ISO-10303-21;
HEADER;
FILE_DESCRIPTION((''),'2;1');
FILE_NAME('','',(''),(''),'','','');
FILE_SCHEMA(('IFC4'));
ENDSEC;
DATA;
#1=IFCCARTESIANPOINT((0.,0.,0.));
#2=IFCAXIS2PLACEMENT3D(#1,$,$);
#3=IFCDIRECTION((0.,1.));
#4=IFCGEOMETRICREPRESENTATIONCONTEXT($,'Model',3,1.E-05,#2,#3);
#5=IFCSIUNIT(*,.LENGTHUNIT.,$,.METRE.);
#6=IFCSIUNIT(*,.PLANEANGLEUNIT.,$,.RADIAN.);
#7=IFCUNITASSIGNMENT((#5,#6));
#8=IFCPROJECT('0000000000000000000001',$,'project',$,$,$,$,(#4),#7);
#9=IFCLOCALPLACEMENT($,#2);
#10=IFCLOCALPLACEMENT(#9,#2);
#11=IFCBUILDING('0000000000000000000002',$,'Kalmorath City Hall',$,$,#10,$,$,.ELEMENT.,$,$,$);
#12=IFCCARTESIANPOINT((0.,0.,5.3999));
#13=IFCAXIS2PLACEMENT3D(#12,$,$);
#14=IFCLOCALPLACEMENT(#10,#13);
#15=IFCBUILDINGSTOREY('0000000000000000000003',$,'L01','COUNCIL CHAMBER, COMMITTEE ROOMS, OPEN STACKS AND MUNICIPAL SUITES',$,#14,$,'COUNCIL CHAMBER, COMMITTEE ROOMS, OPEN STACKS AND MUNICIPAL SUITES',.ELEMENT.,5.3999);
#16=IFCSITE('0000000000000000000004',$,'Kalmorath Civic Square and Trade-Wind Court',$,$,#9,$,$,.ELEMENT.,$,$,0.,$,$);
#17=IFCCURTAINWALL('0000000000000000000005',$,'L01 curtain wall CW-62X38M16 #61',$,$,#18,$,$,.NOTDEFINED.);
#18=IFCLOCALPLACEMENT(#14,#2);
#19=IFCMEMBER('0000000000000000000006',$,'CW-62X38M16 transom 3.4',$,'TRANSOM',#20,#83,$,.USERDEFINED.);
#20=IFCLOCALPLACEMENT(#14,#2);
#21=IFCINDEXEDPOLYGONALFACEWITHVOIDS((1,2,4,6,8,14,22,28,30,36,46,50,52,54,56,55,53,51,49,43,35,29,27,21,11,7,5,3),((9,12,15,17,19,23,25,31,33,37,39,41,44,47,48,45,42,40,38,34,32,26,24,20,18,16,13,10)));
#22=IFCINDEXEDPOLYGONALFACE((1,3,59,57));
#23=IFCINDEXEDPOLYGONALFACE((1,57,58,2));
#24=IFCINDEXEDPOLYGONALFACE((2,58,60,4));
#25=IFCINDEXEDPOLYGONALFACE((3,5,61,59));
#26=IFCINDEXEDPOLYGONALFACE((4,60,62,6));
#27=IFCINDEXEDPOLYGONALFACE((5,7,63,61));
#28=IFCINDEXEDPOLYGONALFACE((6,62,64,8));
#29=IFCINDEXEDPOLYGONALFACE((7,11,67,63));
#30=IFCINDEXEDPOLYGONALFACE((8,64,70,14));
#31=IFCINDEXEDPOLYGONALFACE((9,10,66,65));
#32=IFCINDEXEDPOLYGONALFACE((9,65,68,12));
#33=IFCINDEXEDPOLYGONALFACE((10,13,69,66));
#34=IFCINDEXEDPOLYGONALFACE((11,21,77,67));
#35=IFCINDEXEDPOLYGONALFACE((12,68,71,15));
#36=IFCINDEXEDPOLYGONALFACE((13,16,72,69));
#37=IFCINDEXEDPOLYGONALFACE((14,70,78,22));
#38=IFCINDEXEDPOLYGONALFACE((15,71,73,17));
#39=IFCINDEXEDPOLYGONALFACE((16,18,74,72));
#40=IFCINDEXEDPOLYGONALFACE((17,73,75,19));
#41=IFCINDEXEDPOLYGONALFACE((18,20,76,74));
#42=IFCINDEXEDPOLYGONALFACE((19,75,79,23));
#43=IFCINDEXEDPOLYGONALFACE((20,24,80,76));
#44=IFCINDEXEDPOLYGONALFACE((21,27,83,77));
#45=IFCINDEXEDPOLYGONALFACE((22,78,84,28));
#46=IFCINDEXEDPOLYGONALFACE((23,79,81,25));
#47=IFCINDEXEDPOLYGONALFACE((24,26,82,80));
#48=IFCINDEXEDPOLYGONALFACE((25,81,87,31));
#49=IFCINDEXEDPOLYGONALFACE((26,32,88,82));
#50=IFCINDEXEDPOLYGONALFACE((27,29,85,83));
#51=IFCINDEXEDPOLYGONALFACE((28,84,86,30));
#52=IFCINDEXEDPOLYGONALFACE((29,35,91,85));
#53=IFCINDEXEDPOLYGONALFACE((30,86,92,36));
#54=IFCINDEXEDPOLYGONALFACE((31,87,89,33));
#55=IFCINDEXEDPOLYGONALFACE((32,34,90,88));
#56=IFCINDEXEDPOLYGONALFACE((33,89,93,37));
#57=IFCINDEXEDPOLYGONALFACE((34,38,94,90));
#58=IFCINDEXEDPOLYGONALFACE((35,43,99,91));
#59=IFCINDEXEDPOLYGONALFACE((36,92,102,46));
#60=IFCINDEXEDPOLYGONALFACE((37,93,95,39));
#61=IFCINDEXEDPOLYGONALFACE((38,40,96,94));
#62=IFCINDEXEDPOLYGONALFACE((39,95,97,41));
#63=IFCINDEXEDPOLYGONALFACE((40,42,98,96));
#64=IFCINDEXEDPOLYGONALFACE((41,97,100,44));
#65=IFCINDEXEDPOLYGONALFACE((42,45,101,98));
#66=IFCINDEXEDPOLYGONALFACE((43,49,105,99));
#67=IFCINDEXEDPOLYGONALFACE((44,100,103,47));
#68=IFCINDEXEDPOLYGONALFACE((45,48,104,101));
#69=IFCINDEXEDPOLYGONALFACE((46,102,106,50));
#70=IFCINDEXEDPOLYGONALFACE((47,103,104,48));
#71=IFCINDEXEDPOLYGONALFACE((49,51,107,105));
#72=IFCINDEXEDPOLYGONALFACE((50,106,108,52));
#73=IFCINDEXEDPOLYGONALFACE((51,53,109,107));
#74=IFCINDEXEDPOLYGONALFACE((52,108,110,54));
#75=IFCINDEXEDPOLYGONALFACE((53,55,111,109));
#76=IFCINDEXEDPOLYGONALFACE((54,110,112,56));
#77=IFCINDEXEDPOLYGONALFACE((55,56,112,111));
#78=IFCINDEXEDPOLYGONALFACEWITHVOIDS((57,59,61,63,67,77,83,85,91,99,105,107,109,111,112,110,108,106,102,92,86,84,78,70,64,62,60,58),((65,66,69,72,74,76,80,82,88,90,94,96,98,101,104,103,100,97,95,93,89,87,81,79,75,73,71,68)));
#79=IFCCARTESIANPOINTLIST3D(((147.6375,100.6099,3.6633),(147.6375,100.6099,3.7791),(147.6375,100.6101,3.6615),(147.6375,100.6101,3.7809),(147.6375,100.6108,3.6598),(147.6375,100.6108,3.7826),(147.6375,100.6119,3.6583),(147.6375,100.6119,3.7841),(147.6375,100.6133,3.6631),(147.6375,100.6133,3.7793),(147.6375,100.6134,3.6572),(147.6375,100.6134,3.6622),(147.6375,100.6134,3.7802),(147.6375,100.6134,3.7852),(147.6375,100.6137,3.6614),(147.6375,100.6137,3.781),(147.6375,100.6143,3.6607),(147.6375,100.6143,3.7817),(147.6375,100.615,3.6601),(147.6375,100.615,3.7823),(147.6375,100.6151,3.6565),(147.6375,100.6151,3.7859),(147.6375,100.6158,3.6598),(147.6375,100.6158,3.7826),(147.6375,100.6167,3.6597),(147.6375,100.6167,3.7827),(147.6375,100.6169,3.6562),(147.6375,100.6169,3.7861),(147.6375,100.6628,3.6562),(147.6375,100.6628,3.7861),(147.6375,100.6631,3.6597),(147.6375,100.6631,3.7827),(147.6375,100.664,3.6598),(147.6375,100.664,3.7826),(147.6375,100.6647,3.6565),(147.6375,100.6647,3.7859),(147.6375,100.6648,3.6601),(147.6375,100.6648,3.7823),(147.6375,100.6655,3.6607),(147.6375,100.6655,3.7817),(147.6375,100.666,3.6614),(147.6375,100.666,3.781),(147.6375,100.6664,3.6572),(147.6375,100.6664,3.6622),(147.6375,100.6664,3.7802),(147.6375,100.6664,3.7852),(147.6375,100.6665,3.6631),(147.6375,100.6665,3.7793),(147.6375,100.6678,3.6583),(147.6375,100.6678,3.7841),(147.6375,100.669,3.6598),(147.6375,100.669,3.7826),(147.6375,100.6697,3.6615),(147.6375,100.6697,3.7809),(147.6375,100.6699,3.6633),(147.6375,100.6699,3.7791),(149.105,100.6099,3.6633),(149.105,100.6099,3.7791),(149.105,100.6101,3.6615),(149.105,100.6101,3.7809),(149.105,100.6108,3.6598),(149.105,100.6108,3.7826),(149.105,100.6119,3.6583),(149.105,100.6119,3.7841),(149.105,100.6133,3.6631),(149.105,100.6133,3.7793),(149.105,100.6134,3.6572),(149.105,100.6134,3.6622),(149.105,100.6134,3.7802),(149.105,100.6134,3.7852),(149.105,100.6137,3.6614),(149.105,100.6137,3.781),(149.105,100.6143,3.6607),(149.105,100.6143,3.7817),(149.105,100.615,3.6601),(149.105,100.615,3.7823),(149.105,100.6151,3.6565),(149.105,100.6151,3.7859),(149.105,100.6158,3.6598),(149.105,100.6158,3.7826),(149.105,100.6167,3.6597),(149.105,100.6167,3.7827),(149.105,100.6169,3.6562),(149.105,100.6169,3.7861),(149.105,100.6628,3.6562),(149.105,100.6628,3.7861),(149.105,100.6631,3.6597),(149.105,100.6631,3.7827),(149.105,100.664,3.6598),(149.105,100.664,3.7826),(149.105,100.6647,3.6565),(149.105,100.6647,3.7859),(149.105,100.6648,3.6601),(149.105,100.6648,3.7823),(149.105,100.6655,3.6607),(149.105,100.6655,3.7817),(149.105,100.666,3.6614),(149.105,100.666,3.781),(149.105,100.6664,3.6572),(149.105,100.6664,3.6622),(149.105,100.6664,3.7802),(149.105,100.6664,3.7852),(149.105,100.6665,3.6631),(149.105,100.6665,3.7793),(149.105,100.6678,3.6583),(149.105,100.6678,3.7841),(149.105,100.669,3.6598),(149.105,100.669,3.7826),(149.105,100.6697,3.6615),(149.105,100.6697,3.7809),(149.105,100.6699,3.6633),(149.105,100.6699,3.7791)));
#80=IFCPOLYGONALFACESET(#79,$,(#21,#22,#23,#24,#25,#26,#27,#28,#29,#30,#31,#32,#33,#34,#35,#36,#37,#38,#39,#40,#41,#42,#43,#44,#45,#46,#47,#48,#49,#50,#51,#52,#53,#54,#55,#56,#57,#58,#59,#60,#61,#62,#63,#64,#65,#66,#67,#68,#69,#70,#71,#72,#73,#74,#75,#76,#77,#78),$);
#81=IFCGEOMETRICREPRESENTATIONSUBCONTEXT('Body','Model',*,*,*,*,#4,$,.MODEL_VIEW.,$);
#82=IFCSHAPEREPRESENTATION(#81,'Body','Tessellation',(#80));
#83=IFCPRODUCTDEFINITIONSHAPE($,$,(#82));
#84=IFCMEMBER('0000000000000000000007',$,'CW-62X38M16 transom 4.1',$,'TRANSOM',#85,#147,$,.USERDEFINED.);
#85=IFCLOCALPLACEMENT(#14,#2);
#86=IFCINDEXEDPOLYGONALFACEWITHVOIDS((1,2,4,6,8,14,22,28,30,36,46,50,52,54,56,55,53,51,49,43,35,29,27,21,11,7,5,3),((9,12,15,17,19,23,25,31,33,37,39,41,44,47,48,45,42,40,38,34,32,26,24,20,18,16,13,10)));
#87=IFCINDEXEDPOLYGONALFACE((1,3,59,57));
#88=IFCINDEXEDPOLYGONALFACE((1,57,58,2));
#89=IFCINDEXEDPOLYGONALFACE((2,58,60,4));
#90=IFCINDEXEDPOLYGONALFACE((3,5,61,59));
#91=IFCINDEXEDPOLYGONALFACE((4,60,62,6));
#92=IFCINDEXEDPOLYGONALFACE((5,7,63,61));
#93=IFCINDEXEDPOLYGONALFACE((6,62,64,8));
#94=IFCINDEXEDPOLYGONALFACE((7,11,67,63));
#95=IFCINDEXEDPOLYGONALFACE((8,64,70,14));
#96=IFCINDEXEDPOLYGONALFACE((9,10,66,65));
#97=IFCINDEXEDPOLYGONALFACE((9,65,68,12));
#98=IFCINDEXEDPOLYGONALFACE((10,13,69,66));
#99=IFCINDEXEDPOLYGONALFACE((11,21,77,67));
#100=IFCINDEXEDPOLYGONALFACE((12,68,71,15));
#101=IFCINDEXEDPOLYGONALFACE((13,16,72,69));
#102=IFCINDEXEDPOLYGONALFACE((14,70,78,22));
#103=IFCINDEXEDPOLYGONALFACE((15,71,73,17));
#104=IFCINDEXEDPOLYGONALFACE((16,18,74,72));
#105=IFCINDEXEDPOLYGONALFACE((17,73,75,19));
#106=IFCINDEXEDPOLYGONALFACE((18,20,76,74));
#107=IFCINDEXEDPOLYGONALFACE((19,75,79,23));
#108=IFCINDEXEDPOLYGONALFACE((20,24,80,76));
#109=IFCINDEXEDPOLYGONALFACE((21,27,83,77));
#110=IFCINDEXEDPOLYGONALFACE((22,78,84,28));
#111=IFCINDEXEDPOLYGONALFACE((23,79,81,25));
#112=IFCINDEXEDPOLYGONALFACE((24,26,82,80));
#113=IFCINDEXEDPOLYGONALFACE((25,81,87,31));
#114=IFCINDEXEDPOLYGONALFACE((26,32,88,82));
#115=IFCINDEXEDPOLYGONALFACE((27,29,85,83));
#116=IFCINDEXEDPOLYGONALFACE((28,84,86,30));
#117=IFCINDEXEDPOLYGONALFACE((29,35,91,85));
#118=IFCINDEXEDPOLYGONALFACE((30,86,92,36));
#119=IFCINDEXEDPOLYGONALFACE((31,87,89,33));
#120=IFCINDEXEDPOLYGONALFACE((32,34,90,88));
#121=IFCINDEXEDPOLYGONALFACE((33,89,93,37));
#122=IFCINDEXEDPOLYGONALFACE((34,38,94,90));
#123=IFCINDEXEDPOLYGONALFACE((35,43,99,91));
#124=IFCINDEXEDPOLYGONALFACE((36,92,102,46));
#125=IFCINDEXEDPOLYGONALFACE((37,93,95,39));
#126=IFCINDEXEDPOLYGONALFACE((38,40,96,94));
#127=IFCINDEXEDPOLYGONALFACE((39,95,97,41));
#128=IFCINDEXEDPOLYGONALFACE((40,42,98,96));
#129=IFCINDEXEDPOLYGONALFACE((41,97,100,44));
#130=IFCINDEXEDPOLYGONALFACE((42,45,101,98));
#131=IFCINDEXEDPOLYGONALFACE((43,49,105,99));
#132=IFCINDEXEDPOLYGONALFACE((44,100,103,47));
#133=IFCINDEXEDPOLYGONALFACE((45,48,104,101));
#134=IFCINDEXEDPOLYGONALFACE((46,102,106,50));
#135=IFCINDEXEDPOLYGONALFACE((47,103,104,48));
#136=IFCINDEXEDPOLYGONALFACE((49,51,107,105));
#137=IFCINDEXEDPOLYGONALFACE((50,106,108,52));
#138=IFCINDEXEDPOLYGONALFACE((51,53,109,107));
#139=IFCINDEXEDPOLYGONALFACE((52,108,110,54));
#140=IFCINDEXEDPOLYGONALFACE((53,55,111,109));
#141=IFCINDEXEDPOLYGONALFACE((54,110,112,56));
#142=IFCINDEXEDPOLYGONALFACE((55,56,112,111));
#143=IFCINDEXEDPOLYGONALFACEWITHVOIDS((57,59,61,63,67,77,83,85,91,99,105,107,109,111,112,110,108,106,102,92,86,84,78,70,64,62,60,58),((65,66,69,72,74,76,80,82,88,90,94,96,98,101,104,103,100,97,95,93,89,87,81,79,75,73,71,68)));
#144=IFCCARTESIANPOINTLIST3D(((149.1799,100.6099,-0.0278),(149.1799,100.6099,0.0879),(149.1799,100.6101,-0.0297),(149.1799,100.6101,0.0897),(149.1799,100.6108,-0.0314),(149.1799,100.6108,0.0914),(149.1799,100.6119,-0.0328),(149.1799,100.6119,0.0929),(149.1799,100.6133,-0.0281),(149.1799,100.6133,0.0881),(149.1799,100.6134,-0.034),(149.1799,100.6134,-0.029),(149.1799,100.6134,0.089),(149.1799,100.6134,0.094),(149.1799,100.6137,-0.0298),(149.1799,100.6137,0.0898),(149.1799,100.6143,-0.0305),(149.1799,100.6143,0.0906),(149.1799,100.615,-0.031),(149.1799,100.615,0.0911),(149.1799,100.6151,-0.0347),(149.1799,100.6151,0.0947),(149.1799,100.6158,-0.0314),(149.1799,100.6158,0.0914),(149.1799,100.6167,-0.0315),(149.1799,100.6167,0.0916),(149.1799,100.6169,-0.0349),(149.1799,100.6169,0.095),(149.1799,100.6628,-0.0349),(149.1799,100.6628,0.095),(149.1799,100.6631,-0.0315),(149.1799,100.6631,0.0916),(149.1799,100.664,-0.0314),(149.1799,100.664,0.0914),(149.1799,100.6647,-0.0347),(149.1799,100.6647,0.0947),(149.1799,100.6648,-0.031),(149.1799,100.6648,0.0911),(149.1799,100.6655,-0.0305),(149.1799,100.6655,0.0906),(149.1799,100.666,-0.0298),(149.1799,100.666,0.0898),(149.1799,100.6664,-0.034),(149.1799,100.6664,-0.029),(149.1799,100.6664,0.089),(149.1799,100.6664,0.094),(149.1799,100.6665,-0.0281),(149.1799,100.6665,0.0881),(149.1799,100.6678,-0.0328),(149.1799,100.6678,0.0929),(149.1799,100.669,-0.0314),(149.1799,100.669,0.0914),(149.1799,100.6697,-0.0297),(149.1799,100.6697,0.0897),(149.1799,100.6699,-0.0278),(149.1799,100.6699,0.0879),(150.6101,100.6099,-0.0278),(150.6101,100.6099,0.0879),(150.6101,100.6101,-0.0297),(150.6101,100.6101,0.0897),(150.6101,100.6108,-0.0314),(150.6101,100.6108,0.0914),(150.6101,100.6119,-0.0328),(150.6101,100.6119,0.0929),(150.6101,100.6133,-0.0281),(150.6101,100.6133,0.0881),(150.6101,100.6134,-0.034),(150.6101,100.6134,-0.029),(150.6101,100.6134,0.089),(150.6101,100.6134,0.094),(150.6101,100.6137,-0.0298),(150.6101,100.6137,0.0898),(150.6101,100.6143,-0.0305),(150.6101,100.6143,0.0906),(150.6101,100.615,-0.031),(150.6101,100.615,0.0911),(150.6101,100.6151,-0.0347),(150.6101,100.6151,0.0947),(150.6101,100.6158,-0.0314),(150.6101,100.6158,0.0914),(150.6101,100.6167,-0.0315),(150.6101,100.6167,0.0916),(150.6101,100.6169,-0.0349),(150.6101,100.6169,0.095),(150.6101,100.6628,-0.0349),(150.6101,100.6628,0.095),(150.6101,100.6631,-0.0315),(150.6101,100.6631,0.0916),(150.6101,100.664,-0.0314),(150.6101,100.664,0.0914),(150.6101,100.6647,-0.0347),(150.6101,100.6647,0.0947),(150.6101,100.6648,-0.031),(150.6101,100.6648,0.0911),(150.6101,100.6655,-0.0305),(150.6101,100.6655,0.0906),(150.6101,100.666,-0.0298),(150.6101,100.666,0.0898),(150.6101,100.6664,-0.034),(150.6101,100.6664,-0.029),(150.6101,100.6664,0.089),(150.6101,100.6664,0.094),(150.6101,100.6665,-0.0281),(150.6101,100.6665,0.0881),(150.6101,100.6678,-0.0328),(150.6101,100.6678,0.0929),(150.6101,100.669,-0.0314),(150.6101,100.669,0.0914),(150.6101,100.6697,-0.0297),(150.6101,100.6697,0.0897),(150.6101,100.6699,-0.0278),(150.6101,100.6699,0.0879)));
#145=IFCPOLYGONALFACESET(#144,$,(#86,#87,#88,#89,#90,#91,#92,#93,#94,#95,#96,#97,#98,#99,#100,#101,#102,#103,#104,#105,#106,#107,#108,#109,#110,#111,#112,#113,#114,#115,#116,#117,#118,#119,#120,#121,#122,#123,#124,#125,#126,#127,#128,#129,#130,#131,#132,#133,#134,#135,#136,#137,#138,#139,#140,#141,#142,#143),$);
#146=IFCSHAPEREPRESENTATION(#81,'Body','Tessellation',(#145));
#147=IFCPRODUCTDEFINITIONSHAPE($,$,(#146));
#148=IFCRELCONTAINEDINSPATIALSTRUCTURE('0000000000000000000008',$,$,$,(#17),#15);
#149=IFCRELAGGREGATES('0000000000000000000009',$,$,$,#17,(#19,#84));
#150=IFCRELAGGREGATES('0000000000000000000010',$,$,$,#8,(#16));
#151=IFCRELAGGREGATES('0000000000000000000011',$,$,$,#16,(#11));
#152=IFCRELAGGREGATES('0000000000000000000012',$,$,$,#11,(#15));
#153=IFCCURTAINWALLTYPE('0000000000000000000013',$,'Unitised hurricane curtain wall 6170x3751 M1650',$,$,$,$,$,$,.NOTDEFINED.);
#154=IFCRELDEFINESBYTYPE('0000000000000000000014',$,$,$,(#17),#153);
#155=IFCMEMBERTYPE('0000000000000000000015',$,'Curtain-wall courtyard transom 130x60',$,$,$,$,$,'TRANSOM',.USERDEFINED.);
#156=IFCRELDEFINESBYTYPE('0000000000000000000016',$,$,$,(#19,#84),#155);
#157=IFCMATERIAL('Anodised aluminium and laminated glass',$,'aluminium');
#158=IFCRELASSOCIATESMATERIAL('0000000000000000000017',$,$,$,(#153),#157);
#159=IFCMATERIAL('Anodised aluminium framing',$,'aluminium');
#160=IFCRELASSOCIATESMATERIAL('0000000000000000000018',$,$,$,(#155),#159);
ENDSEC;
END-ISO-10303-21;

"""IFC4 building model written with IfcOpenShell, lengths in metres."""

from ifc_helpers import new_model, si_unit, direction, frame, origin, origin_2d, place, context, subcontext, project, spatial, hollow_rectangle, extrude, material, material_profile, profile_set, type_object, element, aggregate, save


model = new_model("IFC4")

# Units and contexts
model_context = context("Model", 3, precision=1e-05, world=origin(), true_north=direction((0.0, 1.0)))
body_context = subcontext(model_context, "Body", "Model", "MODEL_VIEW")
ifc_project = project(units=[si_unit("LENGTHUNIT", "METRE"), si_unit("PLANEANGLEUNIT", "RADIAN")], contexts=[model_context])

# Site, building, storey
site_placement = place(None, origin())
site = spatial("IfcSite", under=ifc_project, at=site_placement, Name="Kalmorath Civic Square and Trade-Wind Court", CompositionType="ELEMENT", RefElevation=0.0)
building_placement = place(site_placement, origin())
building = spatial("IfcBuilding", under=site, at=building_placement, Name="Kalmorath City Hall", CompositionType="ELEMENT")
storey_placement = place(building_placement, frame((0.0, 0.0, 5.3999)))
storey = spatial("IfcBuildingStorey", under=building, at=storey_placement, Name="L01", Description="COUNCIL CHAMBER, COMMITTEE ROOMS, OPEN STACKS AND MUNICIPAL SUITES", LongName="COUNCIL CHAMBER, COMMITTEE ROOMS, OPEN STACKS AND MUNICIPAL SUITES", CompositionType="ELEMENT", Elevation=5.3999)

# Curtain wall, members
ifc_material_1 = material(Name="Anodised aluminium and laminated glass", Category="aluminium")
curtain_wall_type = type_object("IfcCurtainWallType", Name="Unitised hurricane curtain wall 6170x3751 M1650", PredefinedType="NOTDEFINED", material=ifc_material_1)
curtain_wall_placement = place(storey_placement, origin())
curtain_wall = element("IfcCurtainWall", 1, at=curtain_wall_placement, inside=storey, type_object=curtain_wall_type, Name="L01 curtain wall CW-62X38M16 #61", PredefinedType="NOTDEFINED")
ifc_material_2 = material(Name="Anodised aluminium framing", Category="aluminium")
ifc_material_profile_1 = material_profile(ifc_material_2, hollow_rectangle(XDim=0.0601, YDim=0.1299, WallThickness=0.0034, InnerFilletRadius=0.0034, OuterFilletRadius=0.0071, at=origin_2d()), Name="ALU-TRN-130X60X3.5")
ifc_profile_set_1 = profile_set([ifc_material_profile_1], Name="Anodised aluminium framing")
member_type_1 = type_object("IfcMemberType", Name="Curtain-wall courtyard transom 130x60", ElementType="TRANSOM", PredefinedType="USERDEFINED", material=ifc_profile_set_1)
member_1_placement = place(storey_placement, frame((147.6375, 100.6399, 3.7212), z_axis=(1.0, 0.0, 0.0), x_axis=(0.0, 1.0, 0.0)))
member_1 = element("IfcMember", 2, at=member_1_placement, type_object=member_type_1, Name="CW-62X38M16 transom 3.4", ObjectType="TRANSOM", PredefinedType="USERDEFINED", context=body_context, shape_type="SweptSolid", body=[
    extrude(hollow_rectangle(XDim=0.0601, YDim=0.1299, WallThickness=0.0034, InnerFilletRadius=0.0034, OuterFilletRadius=0.0071, at=origin_2d()), origin(), (0.0, 0.0, 1.0), 1.4675),
])
member_2_placement = place(storey_placement, frame((149.1799, 100.6399, 0.03), z_axis=(1.0, 0.0, 0.0), x_axis=(0.0, 1.0, 0.0)))
member_2 = element("IfcMember", 3, at=member_2_placement, type_object=member_type_1, Name="CW-62X38M16 transom 4.1", ObjectType="TRANSOM", PredefinedType="USERDEFINED", context=body_context, shape_type="SweptSolid", body=[
    extrude(hollow_rectangle(XDim=0.0601, YDim=0.1299, WallThickness=0.0034, InnerFilletRadius=0.0034, OuterFilletRadius=0.0071, at=origin_2d()), origin(), (0.0, 0.0, 1.0), 1.4302),
])
aggregate(curtain_wall, [member_1, member_2])

save(model, "model.ifc")
